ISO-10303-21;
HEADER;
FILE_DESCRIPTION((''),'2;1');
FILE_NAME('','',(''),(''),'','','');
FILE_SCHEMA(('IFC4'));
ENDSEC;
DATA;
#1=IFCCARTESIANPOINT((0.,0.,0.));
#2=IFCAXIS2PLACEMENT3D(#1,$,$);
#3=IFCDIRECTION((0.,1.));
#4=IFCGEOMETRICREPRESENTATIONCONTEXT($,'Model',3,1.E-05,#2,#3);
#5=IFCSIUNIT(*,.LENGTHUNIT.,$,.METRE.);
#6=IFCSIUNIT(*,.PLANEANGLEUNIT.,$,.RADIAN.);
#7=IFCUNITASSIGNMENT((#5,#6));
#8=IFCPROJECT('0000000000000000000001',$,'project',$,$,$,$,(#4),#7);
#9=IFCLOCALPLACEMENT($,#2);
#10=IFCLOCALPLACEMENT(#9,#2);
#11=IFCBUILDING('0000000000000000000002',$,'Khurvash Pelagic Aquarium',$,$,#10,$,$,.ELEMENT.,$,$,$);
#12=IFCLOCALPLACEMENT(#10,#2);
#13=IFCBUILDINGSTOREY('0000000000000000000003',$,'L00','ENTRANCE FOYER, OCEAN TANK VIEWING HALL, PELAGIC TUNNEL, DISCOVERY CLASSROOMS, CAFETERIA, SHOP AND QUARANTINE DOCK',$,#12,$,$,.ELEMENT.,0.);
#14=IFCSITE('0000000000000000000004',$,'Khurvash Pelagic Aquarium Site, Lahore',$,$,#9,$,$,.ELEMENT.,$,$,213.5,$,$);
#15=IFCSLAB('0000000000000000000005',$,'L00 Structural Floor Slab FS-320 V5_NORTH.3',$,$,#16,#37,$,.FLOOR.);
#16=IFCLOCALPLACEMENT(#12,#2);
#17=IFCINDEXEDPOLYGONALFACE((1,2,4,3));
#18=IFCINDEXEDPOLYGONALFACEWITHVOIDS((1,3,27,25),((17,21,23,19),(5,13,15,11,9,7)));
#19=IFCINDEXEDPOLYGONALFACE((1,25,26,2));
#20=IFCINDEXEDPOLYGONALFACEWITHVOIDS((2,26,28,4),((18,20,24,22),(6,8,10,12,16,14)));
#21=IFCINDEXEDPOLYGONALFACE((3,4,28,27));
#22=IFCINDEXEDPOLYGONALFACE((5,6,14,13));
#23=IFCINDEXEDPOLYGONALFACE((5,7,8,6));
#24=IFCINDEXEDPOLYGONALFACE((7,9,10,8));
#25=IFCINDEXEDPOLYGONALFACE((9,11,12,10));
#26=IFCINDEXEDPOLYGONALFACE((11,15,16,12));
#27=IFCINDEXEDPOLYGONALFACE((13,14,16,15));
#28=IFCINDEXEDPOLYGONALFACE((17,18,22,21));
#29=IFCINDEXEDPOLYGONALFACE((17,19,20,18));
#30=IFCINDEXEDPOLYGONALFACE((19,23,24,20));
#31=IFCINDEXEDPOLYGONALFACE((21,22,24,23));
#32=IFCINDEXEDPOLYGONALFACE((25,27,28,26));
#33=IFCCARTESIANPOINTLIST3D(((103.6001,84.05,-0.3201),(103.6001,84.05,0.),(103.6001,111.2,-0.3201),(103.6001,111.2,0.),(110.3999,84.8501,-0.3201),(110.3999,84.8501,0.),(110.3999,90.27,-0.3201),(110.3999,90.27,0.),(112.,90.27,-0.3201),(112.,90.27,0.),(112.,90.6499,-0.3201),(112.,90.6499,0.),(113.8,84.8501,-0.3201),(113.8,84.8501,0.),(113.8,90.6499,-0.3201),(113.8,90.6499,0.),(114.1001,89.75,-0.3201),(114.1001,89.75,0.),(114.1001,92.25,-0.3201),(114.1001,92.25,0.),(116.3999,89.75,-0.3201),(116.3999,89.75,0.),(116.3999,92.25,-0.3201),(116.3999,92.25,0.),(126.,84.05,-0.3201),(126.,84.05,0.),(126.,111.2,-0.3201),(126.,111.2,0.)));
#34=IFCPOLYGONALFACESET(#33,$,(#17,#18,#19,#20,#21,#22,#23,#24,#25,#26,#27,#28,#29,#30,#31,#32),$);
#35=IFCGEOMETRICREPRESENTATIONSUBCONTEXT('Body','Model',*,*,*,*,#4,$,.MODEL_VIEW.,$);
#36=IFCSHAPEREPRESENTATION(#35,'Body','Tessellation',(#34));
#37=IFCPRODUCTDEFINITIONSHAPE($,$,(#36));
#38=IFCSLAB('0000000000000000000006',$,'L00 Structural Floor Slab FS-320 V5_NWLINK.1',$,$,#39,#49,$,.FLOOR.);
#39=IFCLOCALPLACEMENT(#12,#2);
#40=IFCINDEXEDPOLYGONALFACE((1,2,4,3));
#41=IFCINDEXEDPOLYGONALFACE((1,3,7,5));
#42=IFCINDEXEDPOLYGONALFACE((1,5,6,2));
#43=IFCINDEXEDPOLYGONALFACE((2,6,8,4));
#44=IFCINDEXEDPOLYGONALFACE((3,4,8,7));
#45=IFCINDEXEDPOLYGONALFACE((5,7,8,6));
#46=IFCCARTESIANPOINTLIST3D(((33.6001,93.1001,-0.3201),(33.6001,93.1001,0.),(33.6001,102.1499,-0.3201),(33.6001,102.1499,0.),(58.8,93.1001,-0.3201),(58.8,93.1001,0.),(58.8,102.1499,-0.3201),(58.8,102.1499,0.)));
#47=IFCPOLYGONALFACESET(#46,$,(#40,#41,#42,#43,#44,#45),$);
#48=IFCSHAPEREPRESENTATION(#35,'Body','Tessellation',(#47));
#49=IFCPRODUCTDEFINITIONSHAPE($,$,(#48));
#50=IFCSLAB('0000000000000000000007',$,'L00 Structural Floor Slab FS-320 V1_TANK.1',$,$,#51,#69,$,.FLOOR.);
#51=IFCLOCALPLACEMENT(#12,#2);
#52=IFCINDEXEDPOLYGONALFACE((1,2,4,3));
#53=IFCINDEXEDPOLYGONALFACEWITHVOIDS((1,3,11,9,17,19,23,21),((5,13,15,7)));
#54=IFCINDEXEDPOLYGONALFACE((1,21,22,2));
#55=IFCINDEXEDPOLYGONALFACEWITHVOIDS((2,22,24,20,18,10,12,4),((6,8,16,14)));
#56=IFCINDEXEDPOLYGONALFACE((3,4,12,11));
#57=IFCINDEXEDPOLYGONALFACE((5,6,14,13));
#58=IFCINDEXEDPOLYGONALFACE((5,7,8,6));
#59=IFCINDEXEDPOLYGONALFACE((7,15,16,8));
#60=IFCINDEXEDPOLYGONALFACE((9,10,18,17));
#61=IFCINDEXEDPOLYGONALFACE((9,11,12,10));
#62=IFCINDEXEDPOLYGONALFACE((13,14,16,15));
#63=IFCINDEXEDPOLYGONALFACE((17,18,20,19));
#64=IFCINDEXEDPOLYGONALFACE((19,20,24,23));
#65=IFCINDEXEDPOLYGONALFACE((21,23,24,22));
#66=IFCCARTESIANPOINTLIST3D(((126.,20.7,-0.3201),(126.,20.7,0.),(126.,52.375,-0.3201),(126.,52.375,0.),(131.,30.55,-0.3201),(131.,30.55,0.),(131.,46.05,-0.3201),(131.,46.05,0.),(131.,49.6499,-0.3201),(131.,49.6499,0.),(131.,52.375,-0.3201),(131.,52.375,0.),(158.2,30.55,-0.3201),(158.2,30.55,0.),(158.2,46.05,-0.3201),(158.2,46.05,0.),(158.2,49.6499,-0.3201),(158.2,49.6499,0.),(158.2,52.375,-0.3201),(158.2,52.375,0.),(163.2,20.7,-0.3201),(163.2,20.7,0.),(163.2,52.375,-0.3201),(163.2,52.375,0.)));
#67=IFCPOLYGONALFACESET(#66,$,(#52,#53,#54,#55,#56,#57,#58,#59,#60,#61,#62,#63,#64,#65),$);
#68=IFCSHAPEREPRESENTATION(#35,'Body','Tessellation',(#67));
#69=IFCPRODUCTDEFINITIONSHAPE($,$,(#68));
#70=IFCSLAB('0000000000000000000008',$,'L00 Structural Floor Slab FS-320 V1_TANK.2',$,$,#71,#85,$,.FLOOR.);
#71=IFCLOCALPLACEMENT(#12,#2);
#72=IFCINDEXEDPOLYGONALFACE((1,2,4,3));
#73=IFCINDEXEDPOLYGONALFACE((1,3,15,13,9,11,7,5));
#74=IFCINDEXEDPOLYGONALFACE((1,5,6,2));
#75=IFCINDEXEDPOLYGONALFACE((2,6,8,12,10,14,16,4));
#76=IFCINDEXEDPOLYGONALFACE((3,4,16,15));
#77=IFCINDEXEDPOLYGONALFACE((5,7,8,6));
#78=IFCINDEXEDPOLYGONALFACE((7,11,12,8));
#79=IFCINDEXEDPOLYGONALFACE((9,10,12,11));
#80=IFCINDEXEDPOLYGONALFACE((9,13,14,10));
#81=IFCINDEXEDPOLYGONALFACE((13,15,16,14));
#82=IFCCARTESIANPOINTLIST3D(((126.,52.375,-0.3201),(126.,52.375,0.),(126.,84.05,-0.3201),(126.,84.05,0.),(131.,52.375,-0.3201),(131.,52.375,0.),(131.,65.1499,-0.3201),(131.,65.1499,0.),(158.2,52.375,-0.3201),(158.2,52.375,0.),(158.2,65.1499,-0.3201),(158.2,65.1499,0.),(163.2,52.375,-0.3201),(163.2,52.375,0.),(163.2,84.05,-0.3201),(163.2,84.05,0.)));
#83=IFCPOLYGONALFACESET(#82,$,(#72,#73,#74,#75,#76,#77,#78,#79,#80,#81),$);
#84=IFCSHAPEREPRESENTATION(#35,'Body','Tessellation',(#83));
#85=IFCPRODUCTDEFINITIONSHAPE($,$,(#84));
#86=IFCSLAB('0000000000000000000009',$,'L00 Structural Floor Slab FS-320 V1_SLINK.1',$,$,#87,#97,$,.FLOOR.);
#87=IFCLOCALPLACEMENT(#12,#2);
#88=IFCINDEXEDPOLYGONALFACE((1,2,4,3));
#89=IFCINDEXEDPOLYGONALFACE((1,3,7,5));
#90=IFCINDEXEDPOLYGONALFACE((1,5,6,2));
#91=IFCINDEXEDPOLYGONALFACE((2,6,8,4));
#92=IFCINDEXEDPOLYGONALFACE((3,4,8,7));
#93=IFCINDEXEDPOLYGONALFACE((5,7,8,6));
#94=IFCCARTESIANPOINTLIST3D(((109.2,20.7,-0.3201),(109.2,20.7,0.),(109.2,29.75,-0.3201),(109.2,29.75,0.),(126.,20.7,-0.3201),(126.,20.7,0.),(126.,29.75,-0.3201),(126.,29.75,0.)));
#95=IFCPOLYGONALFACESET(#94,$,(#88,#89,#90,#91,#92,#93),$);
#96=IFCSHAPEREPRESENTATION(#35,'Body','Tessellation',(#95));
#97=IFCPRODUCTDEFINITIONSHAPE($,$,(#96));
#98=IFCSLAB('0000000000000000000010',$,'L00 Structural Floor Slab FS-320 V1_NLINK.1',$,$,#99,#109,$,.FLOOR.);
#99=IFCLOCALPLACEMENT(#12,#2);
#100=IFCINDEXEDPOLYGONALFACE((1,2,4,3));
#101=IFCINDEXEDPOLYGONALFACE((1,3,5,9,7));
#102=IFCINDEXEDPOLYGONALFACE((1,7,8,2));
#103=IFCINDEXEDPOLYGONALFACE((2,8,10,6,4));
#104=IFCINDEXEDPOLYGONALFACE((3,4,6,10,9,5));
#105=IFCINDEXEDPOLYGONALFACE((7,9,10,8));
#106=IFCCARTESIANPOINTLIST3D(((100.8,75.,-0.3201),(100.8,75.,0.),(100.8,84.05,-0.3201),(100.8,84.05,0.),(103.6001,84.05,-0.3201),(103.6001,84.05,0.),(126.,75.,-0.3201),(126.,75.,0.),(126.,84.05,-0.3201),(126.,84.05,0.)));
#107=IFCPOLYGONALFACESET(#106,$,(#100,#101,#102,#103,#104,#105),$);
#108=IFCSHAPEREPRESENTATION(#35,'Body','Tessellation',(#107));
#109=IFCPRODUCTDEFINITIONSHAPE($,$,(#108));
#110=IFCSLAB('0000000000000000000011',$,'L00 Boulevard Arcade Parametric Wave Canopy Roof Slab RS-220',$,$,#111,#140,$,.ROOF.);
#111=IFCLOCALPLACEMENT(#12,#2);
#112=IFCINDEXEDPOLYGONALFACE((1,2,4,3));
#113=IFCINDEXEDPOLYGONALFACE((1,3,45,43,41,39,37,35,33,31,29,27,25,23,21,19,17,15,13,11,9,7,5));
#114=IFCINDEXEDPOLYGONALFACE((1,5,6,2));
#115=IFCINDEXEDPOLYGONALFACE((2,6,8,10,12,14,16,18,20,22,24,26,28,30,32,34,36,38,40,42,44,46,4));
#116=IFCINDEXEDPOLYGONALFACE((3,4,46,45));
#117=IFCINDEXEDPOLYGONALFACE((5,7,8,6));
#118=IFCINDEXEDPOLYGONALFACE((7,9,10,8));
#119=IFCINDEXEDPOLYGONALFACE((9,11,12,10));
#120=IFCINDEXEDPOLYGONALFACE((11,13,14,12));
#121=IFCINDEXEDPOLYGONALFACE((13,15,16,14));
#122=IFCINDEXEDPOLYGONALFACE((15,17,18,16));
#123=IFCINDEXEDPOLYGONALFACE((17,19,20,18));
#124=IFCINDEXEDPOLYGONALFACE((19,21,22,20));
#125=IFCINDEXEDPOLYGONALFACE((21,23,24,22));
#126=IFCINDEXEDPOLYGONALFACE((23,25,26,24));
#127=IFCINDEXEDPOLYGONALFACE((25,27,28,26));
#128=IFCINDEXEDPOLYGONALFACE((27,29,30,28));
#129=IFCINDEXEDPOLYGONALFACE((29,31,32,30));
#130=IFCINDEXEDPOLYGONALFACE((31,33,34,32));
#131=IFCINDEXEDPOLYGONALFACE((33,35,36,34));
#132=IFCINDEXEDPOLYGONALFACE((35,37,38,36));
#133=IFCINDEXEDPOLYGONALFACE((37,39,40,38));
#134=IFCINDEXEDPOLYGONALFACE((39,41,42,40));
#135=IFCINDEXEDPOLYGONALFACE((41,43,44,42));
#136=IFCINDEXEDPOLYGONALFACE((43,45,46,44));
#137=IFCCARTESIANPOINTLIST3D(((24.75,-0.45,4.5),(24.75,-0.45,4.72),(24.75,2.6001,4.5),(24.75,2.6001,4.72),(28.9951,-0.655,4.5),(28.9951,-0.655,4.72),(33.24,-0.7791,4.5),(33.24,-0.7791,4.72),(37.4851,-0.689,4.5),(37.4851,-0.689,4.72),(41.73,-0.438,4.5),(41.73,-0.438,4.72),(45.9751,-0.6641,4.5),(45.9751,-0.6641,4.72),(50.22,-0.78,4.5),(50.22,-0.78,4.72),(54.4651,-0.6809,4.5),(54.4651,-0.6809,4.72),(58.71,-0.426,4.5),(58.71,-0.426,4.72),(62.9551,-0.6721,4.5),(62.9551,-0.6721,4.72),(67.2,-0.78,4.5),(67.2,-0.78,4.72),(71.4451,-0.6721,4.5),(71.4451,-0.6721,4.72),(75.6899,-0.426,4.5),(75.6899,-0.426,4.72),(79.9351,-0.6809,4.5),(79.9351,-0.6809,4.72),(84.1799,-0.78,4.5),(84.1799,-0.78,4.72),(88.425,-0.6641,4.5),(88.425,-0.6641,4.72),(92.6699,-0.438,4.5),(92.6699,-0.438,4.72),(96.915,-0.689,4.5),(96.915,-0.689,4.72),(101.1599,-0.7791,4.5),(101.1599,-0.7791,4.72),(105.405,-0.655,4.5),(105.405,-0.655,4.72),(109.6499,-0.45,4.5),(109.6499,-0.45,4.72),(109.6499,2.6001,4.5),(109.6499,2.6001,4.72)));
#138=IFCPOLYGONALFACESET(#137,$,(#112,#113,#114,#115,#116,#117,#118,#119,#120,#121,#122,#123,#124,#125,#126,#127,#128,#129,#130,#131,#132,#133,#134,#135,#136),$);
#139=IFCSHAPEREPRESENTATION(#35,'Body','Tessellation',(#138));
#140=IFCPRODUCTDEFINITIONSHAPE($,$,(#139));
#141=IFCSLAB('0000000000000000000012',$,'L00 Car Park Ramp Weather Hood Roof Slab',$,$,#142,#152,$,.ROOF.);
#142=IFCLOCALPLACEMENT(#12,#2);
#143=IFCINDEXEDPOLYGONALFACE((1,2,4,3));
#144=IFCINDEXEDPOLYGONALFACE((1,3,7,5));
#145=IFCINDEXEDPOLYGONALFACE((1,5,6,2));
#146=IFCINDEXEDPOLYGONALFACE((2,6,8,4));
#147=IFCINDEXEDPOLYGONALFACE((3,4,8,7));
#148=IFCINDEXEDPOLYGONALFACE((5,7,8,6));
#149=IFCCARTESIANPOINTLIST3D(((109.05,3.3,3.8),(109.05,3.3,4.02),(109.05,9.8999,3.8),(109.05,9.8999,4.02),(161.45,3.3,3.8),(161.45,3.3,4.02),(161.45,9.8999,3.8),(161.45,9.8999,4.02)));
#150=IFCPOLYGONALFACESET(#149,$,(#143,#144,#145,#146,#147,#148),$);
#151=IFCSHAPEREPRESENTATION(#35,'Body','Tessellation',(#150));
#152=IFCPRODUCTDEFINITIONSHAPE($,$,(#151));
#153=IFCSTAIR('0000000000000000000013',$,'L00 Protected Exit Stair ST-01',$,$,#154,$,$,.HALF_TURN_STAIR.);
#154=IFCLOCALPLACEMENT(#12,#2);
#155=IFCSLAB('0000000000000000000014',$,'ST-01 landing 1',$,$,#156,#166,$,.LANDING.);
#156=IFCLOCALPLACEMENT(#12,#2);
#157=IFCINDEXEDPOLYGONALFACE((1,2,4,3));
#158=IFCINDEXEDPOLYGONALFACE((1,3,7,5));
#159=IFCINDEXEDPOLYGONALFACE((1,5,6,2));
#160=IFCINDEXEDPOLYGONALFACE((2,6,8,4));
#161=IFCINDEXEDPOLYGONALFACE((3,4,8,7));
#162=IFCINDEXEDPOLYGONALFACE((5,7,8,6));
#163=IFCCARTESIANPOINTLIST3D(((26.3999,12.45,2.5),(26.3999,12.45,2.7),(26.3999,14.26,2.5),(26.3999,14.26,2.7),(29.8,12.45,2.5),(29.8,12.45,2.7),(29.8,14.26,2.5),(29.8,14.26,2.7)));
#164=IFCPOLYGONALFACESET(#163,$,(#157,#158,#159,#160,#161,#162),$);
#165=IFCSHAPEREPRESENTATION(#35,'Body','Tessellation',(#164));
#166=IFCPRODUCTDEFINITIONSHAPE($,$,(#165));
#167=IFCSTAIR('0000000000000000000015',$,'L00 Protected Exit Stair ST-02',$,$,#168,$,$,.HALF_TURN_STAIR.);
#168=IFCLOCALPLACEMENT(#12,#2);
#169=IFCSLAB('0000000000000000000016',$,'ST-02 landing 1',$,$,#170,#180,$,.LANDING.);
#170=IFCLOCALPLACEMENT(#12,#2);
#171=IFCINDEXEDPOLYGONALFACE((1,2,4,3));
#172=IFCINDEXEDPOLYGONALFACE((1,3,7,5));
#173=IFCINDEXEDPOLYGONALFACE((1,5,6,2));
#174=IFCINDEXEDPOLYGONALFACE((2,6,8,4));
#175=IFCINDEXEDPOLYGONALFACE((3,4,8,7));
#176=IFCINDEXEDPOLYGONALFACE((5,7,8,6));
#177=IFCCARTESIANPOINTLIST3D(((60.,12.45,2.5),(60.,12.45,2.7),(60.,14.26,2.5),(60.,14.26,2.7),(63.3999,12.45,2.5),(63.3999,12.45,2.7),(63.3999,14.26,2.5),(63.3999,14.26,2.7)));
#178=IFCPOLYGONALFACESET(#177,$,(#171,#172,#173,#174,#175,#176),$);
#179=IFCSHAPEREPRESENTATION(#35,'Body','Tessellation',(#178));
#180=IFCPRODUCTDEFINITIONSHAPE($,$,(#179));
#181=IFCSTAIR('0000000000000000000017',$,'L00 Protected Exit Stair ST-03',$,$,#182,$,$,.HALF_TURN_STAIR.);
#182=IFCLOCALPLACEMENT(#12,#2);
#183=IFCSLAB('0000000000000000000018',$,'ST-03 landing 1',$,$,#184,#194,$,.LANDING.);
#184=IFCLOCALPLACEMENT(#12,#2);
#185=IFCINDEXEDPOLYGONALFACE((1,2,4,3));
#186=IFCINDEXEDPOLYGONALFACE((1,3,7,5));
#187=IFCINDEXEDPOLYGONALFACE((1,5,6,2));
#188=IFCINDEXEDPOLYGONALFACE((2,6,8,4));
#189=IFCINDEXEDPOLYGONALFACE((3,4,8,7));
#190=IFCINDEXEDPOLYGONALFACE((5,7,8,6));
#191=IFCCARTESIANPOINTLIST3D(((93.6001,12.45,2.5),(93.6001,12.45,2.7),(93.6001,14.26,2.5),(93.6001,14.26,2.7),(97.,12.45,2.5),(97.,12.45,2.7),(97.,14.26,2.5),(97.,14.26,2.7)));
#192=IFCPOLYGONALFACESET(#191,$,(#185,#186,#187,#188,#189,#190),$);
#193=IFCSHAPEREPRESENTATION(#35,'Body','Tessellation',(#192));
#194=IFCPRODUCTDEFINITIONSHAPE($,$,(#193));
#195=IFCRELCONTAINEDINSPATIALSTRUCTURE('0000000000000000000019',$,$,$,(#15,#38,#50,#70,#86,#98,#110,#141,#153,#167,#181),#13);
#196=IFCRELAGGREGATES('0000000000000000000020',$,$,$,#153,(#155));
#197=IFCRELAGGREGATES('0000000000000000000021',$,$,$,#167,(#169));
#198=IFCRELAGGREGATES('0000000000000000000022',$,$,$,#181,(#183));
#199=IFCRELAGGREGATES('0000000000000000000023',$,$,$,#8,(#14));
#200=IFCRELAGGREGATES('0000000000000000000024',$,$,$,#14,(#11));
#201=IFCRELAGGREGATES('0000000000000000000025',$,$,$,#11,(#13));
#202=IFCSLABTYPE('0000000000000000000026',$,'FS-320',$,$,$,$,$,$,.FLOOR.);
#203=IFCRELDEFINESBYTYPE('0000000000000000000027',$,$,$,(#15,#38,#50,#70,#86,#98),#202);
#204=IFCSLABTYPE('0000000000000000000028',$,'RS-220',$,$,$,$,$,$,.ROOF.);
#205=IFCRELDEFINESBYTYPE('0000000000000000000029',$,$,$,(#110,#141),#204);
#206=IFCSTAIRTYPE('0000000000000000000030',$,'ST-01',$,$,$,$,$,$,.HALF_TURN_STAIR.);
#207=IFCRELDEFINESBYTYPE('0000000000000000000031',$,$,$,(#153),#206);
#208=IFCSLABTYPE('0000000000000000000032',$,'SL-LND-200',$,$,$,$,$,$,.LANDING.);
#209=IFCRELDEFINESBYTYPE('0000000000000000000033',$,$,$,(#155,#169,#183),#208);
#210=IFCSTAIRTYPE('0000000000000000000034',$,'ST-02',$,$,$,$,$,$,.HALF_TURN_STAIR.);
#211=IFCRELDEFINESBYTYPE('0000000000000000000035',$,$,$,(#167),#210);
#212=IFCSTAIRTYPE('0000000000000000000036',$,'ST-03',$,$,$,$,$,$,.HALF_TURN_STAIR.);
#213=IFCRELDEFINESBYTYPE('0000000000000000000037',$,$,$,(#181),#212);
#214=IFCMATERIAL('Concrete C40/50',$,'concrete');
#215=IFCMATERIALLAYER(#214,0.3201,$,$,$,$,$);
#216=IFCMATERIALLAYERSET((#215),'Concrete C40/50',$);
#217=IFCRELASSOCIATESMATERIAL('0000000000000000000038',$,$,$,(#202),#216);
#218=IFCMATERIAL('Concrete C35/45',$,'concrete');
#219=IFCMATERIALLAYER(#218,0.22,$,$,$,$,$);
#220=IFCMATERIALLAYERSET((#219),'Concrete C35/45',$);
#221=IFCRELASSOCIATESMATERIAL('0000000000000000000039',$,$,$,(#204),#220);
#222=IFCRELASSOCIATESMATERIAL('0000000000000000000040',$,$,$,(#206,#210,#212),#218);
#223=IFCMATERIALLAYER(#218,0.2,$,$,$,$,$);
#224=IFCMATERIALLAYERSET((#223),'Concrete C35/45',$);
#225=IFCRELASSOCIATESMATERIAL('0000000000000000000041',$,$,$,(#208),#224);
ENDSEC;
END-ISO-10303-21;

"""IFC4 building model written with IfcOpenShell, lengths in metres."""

from ifc_helpers import new_model, si_unit, direction, frame, origin, place, context, subcontext, project, spatial, polyline, outline, extrude, material, layer, layer_set, type_object, element, aggregate, save


model = new_model("IFC4")

# Units and contexts
model_context = context("Model", 3, precision=1e-05, world=origin(), true_north=direction((0.0, 1.0)))
body_context = subcontext(model_context, "Body", "Model", "MODEL_VIEW")
ifc_project = project(units=[si_unit("LENGTHUNIT", "METRE"), si_unit("PLANEANGLEUNIT", "RADIAN")], contexts=[model_context])

# Site, building, storey
site_placement = place(None, origin())
site = spatial("IfcSite", under=ifc_project, at=site_placement, Name="Khurvash Pelagic Aquarium Site, Lahore", CompositionType="ELEMENT", RefElevation=213.5)
building_placement = place(site_placement, origin())
building = spatial("IfcBuilding", under=site, at=building_placement, Name="Khurvash Pelagic Aquarium", CompositionType="ELEMENT")
storey_placement = place(building_placement, origin())
storey = spatial("IfcBuildingStorey", under=building, at=storey_placement, Name="L00", Description="ENTRANCE FOYER, OCEAN TANK VIEWING HALL, PELAGIC TUNNEL, DISCOVERY CLASSROOMS, CAFETERIA, SHOP AND QUARANTINE DOCK", CompositionType="ELEMENT", Elevation=0.0)

# Slabs
ifc_material_1 = material(Name="Concrete C40/50", Category="concrete")
ifc_layer_1 = layer(ifc_material_1, 0.3201)
ifc_layer_set_1 = layer_set([ifc_layer_1], Name="Concrete C40/50")
slab_type_1 = type_object("IfcSlabType", Name="FS-320", PredefinedType="FLOOR", material=ifc_layer_set_1)
slab_1_placement = place(storey_placement, frame((0.0, 0.0, -0.3201)))
element("IfcSlab", 1, at=slab_1_placement, inside=storey, type_object=slab_type_1, Name="L00 Structural Floor Slab FS-320 V5_NORTH.3", PredefinedType="FLOOR", context=body_context, shape_type="SweptSolid", body=[
    extrude(outline(polyline([(126.0, 84.05), (126.0, 111.2), (103.6001, 111.2), (103.6001, 84.05), (126.0, 84.05)]), holes=[polyline([(112.0, 90.6499), (113.8, 90.6499), (113.8, 84.8501), (110.3999, 84.8501), (110.3999, 90.27), (112.0, 90.27), (112.0, 90.6499)]), polyline([(116.3999, 89.75), (114.1001, 89.75), (114.1001, 92.25), (116.3999, 92.25), (116.3999, 89.75)])]), origin(), (0.0, 0.0, 1.0), 0.3201),
])
slab_2_placement = place(storey_placement, frame((0.0, 0.0, -0.3201)))
element("IfcSlab", 2, at=slab_2_placement, inside=storey, type_object=slab_type_1, Name="L00 Structural Floor Slab FS-320 V5_NWLINK.1", PredefinedType="FLOOR", context=body_context, shape_type="SweptSolid", body=[
    extrude(outline(polyline([(58.8, 102.1499), (33.6001, 102.1499), (33.6001, 93.1001), (58.8, 93.1001), (58.8, 102.1499)])), origin(), (0.0, 0.0, 1.0), 0.3201),
])
slab_3_placement = place(storey_placement, frame((0.0, 0.0, -0.3201)))
element("IfcSlab", 3, at=slab_3_placement, inside=storey, type_object=slab_type_1, Name="L00 Structural Floor Slab FS-320 V1_TANK.1", PredefinedType="FLOOR", context=body_context, shape_type="SweptSolid", body=[
    extrude(outline(polyline([(126.0, 20.7), (163.2, 20.7), (163.2, 52.375), (158.2, 52.375), (158.2, 49.6499), (131.0, 49.6499), (131.0, 52.375), (126.0, 52.375), (126.0, 20.7)]), holes=[polyline([(158.2, 46.05), (158.2, 30.55), (131.0, 30.55), (131.0, 46.05), (158.2, 46.05)])]), origin(), (0.0, 0.0, 1.0), 0.3201),
])
slab_4_placement = place(storey_placement, frame((0.0, 0.0, -0.3201)))
element("IfcSlab", 4, at=slab_4_placement, inside=storey, type_object=slab_type_1, Name="L00 Structural Floor Slab FS-320 V1_TANK.2", PredefinedType="FLOOR", context=body_context, shape_type="SweptSolid", body=[
    extrude(outline(polyline([(163.2, 84.05), (126.0, 84.05), (126.0, 52.375), (131.0, 52.375), (131.0, 65.1499), (158.2, 65.1499), (158.2, 52.375), (163.2, 52.375), (163.2, 84.05)])), origin(), (0.0, 0.0, 1.0), 0.3201),
])
slab_5_placement = place(storey_placement, frame((0.0, 0.0, -0.3201)))
element("IfcSlab", 5, at=slab_5_placement, inside=storey, type_object=slab_type_1, Name="L00 Structural Floor Slab FS-320 V1_SLINK.1", PredefinedType="FLOOR", context=body_context, shape_type="SweptSolid", body=[
    extrude(outline(polyline([(126.0, 29.75), (109.2, 29.75), (109.2, 20.7), (126.0, 20.7), (126.0, 29.75)])), origin(), (0.0, 0.0, 1.0), 0.3201),
])
slab_6_placement = place(storey_placement, frame((0.0, 0.0, -0.3201)))
element("IfcSlab", 6, at=slab_6_placement, inside=storey, type_object=slab_type_1, Name="L00 Structural Floor Slab FS-320 V1_NLINK.1", PredefinedType="FLOOR", context=body_context, shape_type="SweptSolid", body=[
    extrude(outline(polyline([(126.0, 84.05), (103.6001, 84.05), (100.8, 84.05), (100.8, 75.0), (126.0, 75.0), (126.0, 84.05)])), origin(), (0.0, 0.0, 1.0), 0.3201),
])
ifc_material_2 = material(Name="Concrete C35/45", Category="concrete")
ifc_layer_2 = layer(ifc_material_2, 0.22)
ifc_layer_set_2 = layer_set([ifc_layer_2], Name="Concrete C35/45")
slab_type_2 = type_object("IfcSlabType", Name="RS-220", PredefinedType="ROOF", material=ifc_layer_set_2)
slab_7_placement = place(storey_placement, frame((0.0, 0.0, 4.5)))
element("IfcSlab", 7, at=slab_7_placement, inside=storey, type_object=slab_type_2, Name="L00 Boulevard Arcade Parametric Wave Canopy Roof Slab RS-220", PredefinedType="ROOF", context=body_context, shape_type="SweptSolid", body=[
    extrude(outline(polyline([(28.9951, -0.655), (33.24, -0.7791), (37.4851, -0.689), (41.73, -0.438), (45.9751, -0.6641), (50.22, -0.78), (54.4651, -0.6809), (58.71, -0.426), (62.9551, -0.6721), (67.2, -0.78), (71.4451, -0.6721), (75.6899, -0.426), (79.9351, -0.6809), (84.1799, -0.78), (88.425, -0.6641), (92.6699, -0.438), (96.915, -0.689), (101.1599, -0.7791), (105.405, -0.655), (109.6499, -0.45), (109.6499, 2.6001), (24.75, 2.6001), (24.75, -0.45), (28.9951, -0.655)])), origin(), (0.0, 0.0, 1.0), 0.22),
])
slab_8_placement = place(storey_placement, frame((0.0, 0.0, 3.8)))
element("IfcSlab", 8, at=slab_8_placement, inside=storey, type_object=slab_type_2, Name="L00 Car Park Ramp Weather Hood Roof Slab", PredefinedType="ROOF", context=body_context, shape_type="SweptSolid", body=[
    extrude(outline(polyline([(109.05, 3.3), (161.45, 3.3), (161.45, 9.8999), (109.05, 9.8999), (109.05, 3.3)])), origin(), (0.0, 0.0, 1.0), 0.22),
])

# Stairs, slabs
stair_type_1 = type_object("IfcStairType", Name="ST-01", PredefinedType="HALF_TURN_STAIR", material=ifc_material_2)
stair_1_placement = place(storey_placement, origin())
stair_1 = element("IfcStair", 9, at=stair_1_placement, inside=storey, type_object=stair_type_1, Name="L00 Protected Exit Stair ST-01", PredefinedType="HALF_TURN_STAIR")
ifc_layer_3 = layer(ifc_material_2, 0.2)
ifc_layer_set_3 = layer_set([ifc_layer_3], Name="Concrete C35/45")
slab_type_3 = type_object("IfcSlabType", Name="SL-LND-200", PredefinedType="LANDING", material=ifc_layer_set_3)
slab_9_placement = place(storey_placement, frame((0.0, 0.0, 2.5)))
slab_9 = element("IfcSlab", 10, at=slab_9_placement, type_object=slab_type_3, Name="ST-01 landing 1", PredefinedType="LANDING", context=body_context, shape_type="SweptSolid", body=[
    extrude(outline(polyline([(26.3999, 14.26), (26.3999, 12.45), (29.8, 12.45), (29.8, 14.26), (26.3999, 14.26)])), origin(), (0.0, 0.0, 1.0), 0.2),
])
aggregate(stair_1, [slab_9])
stair_type_2 = type_object("IfcStairType", Name="ST-02", PredefinedType="HALF_TURN_STAIR", material=ifc_material_2)
stair_2_placement = place(storey_placement, origin())
stair_2 = element("IfcStair", 11, at=stair_2_placement, inside=storey, type_object=stair_type_2, Name="L00 Protected Exit Stair ST-02", PredefinedType="HALF_TURN_STAIR")
slab_10_placement = place(storey_placement, frame((0.0, 0.0, 2.5)))
slab_10 = element("IfcSlab", 12, at=slab_10_placement, type_object=slab_type_3, Name="ST-02 landing 1", PredefinedType="LANDING", context=body_context, shape_type="SweptSolid", body=[
    extrude(outline(polyline([(60.0, 14.26), (60.0, 12.45), (63.3999, 12.45), (63.3999, 14.26), (60.0, 14.26)])), origin(), (0.0, 0.0, 1.0), 0.2),
])
aggregate(stair_2, [slab_10])
stair_type_3 = type_object("IfcStairType", Name="ST-03", PredefinedType="HALF_TURN_STAIR", material=ifc_material_2)
stair_3_placement = place(storey_placement, origin())
stair_3 = element("IfcStair", 13, at=stair_3_placement, inside=storey, type_object=stair_type_3, Name="L00 Protected Exit Stair ST-03", PredefinedType="HALF_TURN_STAIR")
slab_11_placement = place(storey_placement, frame((0.0, 0.0, 2.5)))
slab_11 = element("IfcSlab", 14, at=slab_11_placement, type_object=slab_type_3, Name="ST-03 landing 1", PredefinedType="LANDING", context=body_context, shape_type="SweptSolid", body=[
    extrude(outline(polyline([(93.6001, 14.26), (93.6001, 12.45), (97.0, 12.45), (97.0, 14.26), (93.6001, 14.26)])), origin(), (0.0, 0.0, 1.0), 0.2),
])
aggregate(stair_3, [slab_11])

save(model, "model.ifc")
